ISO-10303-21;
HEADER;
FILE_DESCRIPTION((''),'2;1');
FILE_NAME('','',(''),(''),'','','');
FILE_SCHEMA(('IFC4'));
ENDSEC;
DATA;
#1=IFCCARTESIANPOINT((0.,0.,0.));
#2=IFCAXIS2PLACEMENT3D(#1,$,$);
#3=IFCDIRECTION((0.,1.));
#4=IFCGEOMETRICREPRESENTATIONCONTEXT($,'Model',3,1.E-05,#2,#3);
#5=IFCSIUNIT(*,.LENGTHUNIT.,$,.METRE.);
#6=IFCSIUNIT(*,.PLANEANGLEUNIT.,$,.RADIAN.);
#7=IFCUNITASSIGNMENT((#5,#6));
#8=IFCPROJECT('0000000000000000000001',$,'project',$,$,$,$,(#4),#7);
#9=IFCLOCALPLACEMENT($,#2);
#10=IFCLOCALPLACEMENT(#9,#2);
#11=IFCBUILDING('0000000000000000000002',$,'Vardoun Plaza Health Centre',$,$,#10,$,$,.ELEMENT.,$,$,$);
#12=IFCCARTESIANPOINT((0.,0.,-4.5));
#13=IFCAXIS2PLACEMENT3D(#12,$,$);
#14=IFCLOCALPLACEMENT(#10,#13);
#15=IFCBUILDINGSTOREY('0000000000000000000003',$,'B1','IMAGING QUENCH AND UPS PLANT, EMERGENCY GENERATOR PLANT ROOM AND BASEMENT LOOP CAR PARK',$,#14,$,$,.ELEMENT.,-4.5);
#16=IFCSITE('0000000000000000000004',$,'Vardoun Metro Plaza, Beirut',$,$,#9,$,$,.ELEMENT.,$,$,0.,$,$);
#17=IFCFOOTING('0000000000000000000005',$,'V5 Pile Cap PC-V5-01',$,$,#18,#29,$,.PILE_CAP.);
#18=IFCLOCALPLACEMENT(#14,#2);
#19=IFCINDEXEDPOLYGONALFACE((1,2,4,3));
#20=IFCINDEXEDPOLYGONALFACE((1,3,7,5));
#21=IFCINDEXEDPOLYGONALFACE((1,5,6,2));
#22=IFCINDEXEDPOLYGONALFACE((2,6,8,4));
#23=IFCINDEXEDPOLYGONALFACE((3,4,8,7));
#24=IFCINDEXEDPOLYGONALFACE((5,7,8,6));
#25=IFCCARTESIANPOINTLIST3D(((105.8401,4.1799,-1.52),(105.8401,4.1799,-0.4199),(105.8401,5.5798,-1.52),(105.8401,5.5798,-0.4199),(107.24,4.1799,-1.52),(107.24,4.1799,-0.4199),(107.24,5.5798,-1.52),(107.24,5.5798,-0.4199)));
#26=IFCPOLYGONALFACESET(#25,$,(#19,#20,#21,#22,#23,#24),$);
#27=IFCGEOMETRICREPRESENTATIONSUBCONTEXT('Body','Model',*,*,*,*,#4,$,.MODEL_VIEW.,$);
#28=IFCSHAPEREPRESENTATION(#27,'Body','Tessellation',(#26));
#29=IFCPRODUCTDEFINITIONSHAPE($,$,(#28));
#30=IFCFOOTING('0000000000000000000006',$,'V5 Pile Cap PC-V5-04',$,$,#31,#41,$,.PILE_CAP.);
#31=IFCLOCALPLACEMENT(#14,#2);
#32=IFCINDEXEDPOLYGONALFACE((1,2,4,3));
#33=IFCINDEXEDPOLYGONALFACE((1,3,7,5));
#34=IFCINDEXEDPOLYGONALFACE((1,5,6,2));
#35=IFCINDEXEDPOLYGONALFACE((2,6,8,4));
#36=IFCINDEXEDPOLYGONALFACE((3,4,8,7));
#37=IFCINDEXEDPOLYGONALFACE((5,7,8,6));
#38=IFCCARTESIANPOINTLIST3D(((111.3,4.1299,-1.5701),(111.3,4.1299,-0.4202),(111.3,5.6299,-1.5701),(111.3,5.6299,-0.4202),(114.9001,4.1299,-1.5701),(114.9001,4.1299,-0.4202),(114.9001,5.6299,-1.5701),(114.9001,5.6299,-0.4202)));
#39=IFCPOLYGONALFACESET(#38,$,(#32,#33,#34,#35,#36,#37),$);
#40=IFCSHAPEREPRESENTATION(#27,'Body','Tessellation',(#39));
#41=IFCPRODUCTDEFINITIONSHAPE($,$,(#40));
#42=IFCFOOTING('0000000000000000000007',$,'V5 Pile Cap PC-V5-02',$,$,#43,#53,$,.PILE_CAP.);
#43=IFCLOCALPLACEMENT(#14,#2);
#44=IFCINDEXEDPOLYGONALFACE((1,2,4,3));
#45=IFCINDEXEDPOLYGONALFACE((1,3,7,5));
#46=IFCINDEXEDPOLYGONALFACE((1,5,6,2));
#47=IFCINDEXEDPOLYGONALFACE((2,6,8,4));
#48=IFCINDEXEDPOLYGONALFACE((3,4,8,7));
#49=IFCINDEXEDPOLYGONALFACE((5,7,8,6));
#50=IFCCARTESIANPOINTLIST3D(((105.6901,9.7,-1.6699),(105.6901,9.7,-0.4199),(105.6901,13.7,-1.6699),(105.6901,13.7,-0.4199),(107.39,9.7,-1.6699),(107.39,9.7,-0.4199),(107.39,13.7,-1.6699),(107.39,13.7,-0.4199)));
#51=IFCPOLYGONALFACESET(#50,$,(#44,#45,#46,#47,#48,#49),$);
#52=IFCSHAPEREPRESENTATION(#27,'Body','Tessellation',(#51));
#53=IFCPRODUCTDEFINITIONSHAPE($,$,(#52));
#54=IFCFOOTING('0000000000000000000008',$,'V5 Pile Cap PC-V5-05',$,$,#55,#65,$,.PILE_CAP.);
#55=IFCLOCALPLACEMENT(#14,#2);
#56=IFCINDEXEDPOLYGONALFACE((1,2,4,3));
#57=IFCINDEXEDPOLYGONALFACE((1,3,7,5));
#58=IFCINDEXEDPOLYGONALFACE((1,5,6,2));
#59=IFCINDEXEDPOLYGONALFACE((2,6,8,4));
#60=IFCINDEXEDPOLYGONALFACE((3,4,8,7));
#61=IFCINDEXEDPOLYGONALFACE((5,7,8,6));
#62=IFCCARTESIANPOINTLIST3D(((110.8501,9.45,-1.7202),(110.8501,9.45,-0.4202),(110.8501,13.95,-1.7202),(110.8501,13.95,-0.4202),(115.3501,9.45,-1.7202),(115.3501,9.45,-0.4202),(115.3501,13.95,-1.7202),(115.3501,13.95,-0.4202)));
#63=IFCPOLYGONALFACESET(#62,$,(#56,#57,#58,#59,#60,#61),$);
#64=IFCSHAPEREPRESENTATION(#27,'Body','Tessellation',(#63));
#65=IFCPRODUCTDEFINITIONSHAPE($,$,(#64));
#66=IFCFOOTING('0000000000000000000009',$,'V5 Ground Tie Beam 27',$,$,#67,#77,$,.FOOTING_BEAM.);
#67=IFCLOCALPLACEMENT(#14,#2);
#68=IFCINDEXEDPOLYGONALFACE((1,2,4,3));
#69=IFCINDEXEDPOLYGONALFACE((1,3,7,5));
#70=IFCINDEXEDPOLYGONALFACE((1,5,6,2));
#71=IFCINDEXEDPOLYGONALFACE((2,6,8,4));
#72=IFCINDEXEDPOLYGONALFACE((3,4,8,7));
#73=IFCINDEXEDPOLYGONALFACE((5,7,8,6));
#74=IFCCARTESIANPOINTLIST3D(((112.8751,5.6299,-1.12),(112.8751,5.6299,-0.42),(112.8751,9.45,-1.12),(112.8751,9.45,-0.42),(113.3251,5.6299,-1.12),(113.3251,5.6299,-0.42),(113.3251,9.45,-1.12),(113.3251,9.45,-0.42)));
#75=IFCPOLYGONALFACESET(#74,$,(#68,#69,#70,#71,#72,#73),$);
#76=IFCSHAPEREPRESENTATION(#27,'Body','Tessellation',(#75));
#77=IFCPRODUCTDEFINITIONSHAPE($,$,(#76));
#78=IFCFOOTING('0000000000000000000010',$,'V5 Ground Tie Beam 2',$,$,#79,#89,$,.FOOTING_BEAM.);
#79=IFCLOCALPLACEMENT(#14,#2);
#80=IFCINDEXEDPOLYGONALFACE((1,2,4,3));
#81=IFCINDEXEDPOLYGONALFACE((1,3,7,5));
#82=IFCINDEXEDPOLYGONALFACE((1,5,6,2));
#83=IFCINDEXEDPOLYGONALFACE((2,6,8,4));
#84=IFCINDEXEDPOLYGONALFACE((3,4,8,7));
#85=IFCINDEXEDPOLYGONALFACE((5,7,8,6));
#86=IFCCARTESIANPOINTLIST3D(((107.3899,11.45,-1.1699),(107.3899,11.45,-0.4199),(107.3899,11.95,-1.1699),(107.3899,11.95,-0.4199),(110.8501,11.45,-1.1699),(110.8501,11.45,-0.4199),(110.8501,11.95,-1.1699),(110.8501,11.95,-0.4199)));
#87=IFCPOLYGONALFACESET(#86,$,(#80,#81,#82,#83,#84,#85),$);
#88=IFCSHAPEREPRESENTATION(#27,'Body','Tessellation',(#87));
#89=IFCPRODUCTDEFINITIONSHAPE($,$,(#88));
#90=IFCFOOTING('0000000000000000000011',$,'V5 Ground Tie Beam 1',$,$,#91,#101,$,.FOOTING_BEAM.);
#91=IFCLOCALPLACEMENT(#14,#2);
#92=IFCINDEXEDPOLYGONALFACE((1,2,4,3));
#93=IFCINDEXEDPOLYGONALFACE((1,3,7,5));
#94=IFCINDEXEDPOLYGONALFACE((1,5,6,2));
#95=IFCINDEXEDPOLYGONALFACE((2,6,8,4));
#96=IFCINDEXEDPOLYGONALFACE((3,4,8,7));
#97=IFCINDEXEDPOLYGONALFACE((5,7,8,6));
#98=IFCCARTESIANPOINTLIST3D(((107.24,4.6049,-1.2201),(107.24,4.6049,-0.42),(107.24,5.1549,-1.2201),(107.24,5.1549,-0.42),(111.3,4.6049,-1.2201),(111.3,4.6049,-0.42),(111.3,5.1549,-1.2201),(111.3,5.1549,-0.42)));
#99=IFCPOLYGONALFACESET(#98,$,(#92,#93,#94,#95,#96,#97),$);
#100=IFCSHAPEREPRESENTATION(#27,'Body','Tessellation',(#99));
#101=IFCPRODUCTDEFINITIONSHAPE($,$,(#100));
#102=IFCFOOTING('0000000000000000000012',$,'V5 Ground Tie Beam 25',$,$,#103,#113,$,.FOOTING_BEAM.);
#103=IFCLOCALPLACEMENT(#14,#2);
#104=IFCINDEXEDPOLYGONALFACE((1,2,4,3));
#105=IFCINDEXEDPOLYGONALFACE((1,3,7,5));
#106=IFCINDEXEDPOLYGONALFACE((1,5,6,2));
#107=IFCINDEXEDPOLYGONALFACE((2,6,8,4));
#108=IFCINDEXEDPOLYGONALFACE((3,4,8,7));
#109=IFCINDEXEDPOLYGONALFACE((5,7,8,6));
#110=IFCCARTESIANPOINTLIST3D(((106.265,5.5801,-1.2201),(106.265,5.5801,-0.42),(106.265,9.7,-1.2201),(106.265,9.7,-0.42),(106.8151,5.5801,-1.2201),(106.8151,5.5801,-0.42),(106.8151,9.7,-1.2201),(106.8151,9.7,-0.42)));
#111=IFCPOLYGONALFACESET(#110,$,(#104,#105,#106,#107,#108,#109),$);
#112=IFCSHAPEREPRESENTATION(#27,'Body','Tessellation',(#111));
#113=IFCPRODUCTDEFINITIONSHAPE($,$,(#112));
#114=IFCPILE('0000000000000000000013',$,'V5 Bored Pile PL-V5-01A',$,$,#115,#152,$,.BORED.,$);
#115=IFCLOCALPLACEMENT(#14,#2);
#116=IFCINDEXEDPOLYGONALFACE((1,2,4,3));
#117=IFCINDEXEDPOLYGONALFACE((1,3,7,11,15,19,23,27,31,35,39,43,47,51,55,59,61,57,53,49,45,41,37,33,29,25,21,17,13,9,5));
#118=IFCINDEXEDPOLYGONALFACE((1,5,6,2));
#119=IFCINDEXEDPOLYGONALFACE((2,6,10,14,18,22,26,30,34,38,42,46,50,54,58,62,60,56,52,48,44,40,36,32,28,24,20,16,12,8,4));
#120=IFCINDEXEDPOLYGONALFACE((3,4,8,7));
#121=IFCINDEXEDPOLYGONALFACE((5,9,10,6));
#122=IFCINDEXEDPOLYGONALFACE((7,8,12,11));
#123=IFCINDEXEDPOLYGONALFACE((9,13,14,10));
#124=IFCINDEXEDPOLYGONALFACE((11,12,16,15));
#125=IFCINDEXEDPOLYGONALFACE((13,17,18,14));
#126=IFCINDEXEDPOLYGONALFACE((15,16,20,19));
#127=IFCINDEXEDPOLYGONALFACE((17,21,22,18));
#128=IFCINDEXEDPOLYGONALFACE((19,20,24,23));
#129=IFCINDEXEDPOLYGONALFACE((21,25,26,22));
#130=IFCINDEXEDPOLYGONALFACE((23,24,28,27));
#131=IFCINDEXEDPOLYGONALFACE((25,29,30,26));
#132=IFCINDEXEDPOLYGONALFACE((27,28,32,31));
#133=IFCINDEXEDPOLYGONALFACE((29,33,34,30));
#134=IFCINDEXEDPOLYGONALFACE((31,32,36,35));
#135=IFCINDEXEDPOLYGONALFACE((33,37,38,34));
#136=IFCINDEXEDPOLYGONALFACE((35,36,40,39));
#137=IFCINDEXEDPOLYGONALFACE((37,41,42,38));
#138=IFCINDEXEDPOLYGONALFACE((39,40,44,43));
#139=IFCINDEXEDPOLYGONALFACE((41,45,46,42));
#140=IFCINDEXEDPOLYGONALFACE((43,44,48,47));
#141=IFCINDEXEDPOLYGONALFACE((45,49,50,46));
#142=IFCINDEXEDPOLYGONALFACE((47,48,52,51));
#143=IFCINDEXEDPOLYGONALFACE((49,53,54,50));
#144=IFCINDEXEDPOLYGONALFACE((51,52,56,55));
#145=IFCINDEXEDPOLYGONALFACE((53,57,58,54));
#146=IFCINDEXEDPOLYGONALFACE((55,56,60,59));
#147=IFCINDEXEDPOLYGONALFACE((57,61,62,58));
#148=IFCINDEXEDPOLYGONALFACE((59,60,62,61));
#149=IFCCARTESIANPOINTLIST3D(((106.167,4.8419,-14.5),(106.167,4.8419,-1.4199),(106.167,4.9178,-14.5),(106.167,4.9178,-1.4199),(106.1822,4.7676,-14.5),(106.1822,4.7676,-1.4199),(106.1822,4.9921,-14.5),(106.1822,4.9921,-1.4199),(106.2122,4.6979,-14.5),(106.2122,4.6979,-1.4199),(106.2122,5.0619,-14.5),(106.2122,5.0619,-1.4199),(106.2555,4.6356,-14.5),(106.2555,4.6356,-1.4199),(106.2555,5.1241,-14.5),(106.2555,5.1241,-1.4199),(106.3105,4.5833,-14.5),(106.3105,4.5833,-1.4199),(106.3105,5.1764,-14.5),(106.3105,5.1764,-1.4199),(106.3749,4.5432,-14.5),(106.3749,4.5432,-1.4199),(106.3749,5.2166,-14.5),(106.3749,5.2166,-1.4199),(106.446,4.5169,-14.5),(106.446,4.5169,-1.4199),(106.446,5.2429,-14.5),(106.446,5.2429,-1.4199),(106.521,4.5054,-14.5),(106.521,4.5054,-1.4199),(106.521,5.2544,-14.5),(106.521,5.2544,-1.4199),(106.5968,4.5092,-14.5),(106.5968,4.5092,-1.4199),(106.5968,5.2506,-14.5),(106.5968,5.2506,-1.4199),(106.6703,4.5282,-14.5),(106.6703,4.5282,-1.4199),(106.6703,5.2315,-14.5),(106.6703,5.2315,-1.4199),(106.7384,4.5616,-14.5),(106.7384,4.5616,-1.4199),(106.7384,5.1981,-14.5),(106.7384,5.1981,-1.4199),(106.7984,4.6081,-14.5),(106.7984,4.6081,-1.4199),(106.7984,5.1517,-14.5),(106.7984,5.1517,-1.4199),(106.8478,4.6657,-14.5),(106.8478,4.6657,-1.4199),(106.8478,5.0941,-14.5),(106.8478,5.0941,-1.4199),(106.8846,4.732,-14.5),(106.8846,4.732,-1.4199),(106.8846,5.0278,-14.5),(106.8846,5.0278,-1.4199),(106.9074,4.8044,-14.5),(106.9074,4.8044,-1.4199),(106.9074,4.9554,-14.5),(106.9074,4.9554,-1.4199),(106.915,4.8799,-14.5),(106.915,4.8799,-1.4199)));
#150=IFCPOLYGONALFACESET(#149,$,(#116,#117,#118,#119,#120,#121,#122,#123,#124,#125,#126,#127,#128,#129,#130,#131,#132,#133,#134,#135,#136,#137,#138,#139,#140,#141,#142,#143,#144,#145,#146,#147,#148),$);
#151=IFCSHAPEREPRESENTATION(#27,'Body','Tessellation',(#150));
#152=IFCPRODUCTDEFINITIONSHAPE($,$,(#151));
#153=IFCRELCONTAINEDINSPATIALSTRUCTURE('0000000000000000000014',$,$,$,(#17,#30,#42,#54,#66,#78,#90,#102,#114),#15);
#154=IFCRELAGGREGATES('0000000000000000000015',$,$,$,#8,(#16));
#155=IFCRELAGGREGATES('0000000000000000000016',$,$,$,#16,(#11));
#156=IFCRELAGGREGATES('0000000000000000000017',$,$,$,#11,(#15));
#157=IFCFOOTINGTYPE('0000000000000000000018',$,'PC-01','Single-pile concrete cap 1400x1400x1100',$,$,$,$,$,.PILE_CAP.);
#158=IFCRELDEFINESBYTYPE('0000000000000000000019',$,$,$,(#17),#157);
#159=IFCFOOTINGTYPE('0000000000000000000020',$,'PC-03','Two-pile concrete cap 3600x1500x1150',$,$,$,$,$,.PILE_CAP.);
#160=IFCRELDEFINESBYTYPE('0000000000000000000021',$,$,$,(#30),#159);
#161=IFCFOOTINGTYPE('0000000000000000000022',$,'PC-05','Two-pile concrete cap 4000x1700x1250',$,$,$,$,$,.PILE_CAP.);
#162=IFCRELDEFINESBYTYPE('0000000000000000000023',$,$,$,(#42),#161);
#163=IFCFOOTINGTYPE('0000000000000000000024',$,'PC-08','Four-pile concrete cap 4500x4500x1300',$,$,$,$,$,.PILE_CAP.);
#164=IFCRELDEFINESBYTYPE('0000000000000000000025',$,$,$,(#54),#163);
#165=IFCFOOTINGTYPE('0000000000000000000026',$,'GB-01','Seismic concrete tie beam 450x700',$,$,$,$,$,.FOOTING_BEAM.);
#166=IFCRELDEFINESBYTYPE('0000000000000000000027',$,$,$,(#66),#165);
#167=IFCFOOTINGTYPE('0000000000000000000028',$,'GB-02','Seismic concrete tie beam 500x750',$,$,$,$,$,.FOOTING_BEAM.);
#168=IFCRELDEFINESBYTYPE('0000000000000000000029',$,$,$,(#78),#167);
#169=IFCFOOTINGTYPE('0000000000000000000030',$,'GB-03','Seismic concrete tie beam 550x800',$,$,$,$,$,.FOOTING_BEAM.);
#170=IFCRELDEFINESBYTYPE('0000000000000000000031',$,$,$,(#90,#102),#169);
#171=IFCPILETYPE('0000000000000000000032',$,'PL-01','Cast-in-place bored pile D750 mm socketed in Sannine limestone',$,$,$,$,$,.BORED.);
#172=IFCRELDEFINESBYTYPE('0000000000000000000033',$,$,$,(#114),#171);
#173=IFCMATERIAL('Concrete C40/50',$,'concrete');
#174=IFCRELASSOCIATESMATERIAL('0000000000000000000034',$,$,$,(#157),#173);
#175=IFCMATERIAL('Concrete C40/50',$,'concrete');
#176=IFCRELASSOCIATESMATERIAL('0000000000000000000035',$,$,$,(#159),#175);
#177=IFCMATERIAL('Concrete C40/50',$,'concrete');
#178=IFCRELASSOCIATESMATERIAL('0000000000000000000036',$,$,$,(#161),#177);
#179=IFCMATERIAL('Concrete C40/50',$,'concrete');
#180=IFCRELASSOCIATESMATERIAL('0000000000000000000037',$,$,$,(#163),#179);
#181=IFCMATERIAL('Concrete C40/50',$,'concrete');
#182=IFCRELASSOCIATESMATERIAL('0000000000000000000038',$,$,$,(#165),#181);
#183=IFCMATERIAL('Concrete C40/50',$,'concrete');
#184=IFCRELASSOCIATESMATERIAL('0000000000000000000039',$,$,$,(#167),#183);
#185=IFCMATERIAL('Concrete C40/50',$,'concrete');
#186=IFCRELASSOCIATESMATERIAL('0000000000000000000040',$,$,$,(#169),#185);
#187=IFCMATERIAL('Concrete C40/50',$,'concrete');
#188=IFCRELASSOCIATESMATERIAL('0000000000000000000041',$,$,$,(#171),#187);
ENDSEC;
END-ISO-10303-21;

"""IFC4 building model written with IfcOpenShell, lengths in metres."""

from ifc_helpers import new_model, si_unit, direction, frame, origin, origin_2d, place, context, subcontext, project, spatial, rectangle, circle, extrude, material, material_profile, profile_set, type_object, element, save


model = new_model("IFC4")

# Units and contexts
model_context = context("Model", 3, precision=1e-05, world=origin(), true_north=direction((0.0, 1.0)))
body_context = subcontext(model_context, "Body", "Model", "MODEL_VIEW")
ifc_project = project(units=[si_unit("LENGTHUNIT", "METRE"), si_unit("PLANEANGLEUNIT", "RADIAN")], contexts=[model_context])

# Site, building, storey
site_placement = place(None, origin())
site = spatial("IfcSite", under=ifc_project, at=site_placement, Name="Vardoun Metro Plaza, Beirut", CompositionType="ELEMENT", RefElevation=0.0)
building_placement = place(site_placement, origin())
building = spatial("IfcBuilding", under=site, at=building_placement, Name="Vardoun Plaza Health Centre", CompositionType="ELEMENT")
storey_placement = place(building_placement, frame((0.0, 0.0, -4.5)))
storey = spatial("IfcBuildingStorey", under=building, at=storey_placement, Name="B1", Description="IMAGING QUENCH AND UPS PLANT, EMERGENCY GENERATOR PLANT ROOM AND BASEMENT LOOP CAR PARK", CompositionType="ELEMENT", Elevation=-4.5)

# Footings
ifc_material_1 = material(Name="Concrete C40/50", Category="concrete")
footing_type_1 = type_object("IfcFootingType", Name="PC-01", Description="Single-pile concrete cap 1400x1400x1100", PredefinedType="PILE_CAP", material=ifc_material_1)
footing_1_placement = place(storey_placement, frame((106.54, 4.8799, -1.52), z_axis=(0.0, 0.0, 1.0), x_axis=(1.0, 0.0, 0.0)))
element("IfcFooting", 1, at=footing_1_placement, inside=storey, type_object=footing_type_1, Name="V5 Pile Cap PC-V5-01", PredefinedType="PILE_CAP", context=body_context, shape_type="SweptSolid", body=[
    extrude(rectangle(XDim=1.3999, YDim=1.3999, at=origin_2d()), origin(), (0.0, 0.0, 1.0), 1.1001),
])
ifc_material_2 = material(Name="Concrete C40/50", Category="concrete")
footing_type_2 = type_object("IfcFootingType", Name="PC-03", Description="Two-pile concrete cap 3600x1500x1150", PredefinedType="PILE_CAP", material=ifc_material_2)
footing_2_placement = place(storey_placement, frame((113.1001, 4.8799, -1.5701), z_axis=(0.0, 0.0, 1.0), x_axis=(1.0, 0.0, 0.0)))
element("IfcFooting", 2, at=footing_2_placement, inside=storey, type_object=footing_type_2, Name="V5 Pile Cap PC-V5-04", PredefinedType="PILE_CAP", context=body_context, shape_type="SweptSolid", body=[
    extrude(rectangle(XDim=3.6001, YDim=1.5, at=origin_2d()), origin(), (0.0, 0.0, 1.0), 1.1499),
])
ifc_material_3 = material(Name="Concrete C40/50", Category="concrete")
footing_type_3 = type_object("IfcFootingType", Name="PC-05", Description="Two-pile concrete cap 4000x1700x1250", PredefinedType="PILE_CAP", material=ifc_material_3)
footing_3_placement = place(storey_placement, frame((106.54, 11.7, -1.6699), z_axis=(0.0, 0.0, 1.0), x_axis=(0.0, 1.0, 0.0)))
element("IfcFooting", 3, at=footing_3_placement, inside=storey, type_object=footing_type_3, Name="V5 Pile Cap PC-V5-02", PredefinedType="PILE_CAP", context=body_context, shape_type="SweptSolid", body=[
    extrude(rectangle(XDim=4.0, YDim=1.7, at=origin_2d()), origin(), (0.0, 0.0, 1.0), 1.25),
])
ifc_material_4 = material(Name="Concrete C40/50", Category="concrete")
footing_type_4 = type_object("IfcFootingType", Name="PC-08", Description="Four-pile concrete cap 4500x4500x1300", PredefinedType="PILE_CAP", material=ifc_material_4)
footing_4_placement = place(storey_placement, frame((113.1001, 11.7, -1.7202), z_axis=(0.0, 0.0, 1.0), x_axis=(1.0, 0.0, 0.0)))
element("IfcFooting", 4, at=footing_4_placement, inside=storey, type_object=footing_type_4, Name="V5 Pile Cap PC-V5-05", PredefinedType="PILE_CAP", context=body_context, shape_type="SweptSolid", body=[
    extrude(rectangle(XDim=4.5, YDim=4.5, at=origin_2d()), origin(), (0.0, 0.0, 1.0), 1.3),
])
ifc_material_5 = material(Name="Concrete C40/50", Category="concrete")
ifc_material_profile_1 = material_profile(ifc_material_5, rectangle(XDim=0.45, YDim=0.7, at=origin_2d()), Name="GB 450x700")
ifc_profile_set_1 = profile_set([ifc_material_profile_1], Name="Concrete C40/50")
footing_type_5 = type_object("IfcFootingType", Name="GB-01", Description="Seismic concrete tie beam 450x700", PredefinedType="FOOTING_BEAM", material=ifc_profile_set_1)
footing_5_placement = place(storey_placement, frame((113.1001, 5.6299, -0.77), z_axis=(0.0, 1.0, 0.0), x_axis=(-1.0, 0.0, 0.0)))
element("IfcFooting", 5, at=footing_5_placement, inside=storey, type_object=footing_type_5, Name="V5 Ground Tie Beam 27", PredefinedType="FOOTING_BEAM", context=body_context, shape_type="SweptSolid", body=[
    extrude(rectangle(XDim=0.45, YDim=0.7, at=origin_2d()), origin(), (0.0, 0.0, 1.0), 3.8201),
])
ifc_material_6 = material(Name="Concrete C40/50", Category="concrete")
ifc_material_profile_2 = material_profile(ifc_material_6, rectangle(XDim=0.5, YDim=0.75, at=origin_2d()), Name="GB 500x750")
ifc_profile_set_2 = profile_set([ifc_material_profile_2], Name="Concrete C40/50")
footing_type_6 = type_object("IfcFootingType", Name="GB-02", Description="Seismic concrete tie beam 500x750", PredefinedType="FOOTING_BEAM", material=ifc_profile_set_2)
footing_6_placement = place(storey_placement, frame((107.3899, 11.7, -0.7949), z_axis=(1.0, 0.0, 0.0), x_axis=(0.0, 1.0, 0.0)))
element("IfcFooting", 6, at=footing_6_placement, inside=storey, type_object=footing_type_6, Name="V5 Ground Tie Beam 2", PredefinedType="FOOTING_BEAM", context=body_context, shape_type="SweptSolid", body=[
    extrude(rectangle(XDim=0.5, YDim=0.75, at=origin_2d()), origin(), (0.0, 0.0, 1.0), 3.4602),
])
ifc_material_7 = material(Name="Concrete C40/50", Category="concrete")
ifc_material_profile_3 = material_profile(ifc_material_7, rectangle(XDim=0.55, YDim=0.8, at=origin_2d()), Name="GB 550x800")
ifc_profile_set_3 = profile_set([ifc_material_profile_3], Name="Concrete C40/50")
footing_type_7 = type_object("IfcFootingType", Name="GB-03", Description="Seismic concrete tie beam 550x800", PredefinedType="FOOTING_BEAM", material=ifc_profile_set_3)
footing_7_placement = place(storey_placement, frame((107.24, 4.8799, -0.8201), z_axis=(1.0, 0.0, 0.0), x_axis=(0.0, 1.0, 0.0)))
element("IfcFooting", 7, at=footing_7_placement, inside=storey, type_object=footing_type_7, Name="V5 Ground Tie Beam 1", PredefinedType="FOOTING_BEAM", context=body_context, shape_type="SweptSolid", body=[
    extrude(rectangle(XDim=0.55, YDim=0.8, at=origin_2d()), origin(), (0.0, 0.0, 1.0), 4.0601),
])
footing_8_placement = place(storey_placement, frame((106.54, 5.5801, -0.8201), z_axis=(0.0, 1.0, 0.0), x_axis=(-1.0, 0.0, 0.0)))
element("IfcFooting", 8, at=footing_8_placement, inside=storey, type_object=footing_type_7, Name="V5 Ground Tie Beam 25", PredefinedType="FOOTING_BEAM", context=body_context, shape_type="SweptSolid", body=[
    extrude(rectangle(XDim=0.55, YDim=0.8, at=origin_2d()), origin(), (0.0, 0.0, 1.0), 4.1199),
])

# Pile
ifc_material_8 = material(Name="Concrete C40/50", Category="concrete")
ifc_material_profile_4 = material_profile(ifc_material_8, circle(Radius=0.375, at=origin_2d()), Name="PILE D750")
ifc_profile_set_4 = profile_set([ifc_material_profile_4], Name="Concrete C40/50")
pile_type_1 = type_object("IfcPileType", Name="PL-01", Description="Cast-in-place bored pile D750 mm socketed in Sannine limestone", PredefinedType="BORED", material=ifc_profile_set_4)
pile_1_placement = place(storey_placement, frame((106.54, 4.8799, -1.4199), z_axis=(0.0, 0.0, -1.0), x_axis=(1.0, 0.0, 0.0)))
element("IfcPile", 9, at=pile_1_placement, inside=storey, type_object=pile_type_1, Name="V5 Bored Pile PL-V5-01A", PredefinedType="BORED", context=body_context, shape_type="SweptSolid", body=[
    extrude(circle(Radius=0.375, at=origin_2d()), origin(), (0.0, 0.0, 1.0), 13.0801),
])

save(model, "model.ifc")
